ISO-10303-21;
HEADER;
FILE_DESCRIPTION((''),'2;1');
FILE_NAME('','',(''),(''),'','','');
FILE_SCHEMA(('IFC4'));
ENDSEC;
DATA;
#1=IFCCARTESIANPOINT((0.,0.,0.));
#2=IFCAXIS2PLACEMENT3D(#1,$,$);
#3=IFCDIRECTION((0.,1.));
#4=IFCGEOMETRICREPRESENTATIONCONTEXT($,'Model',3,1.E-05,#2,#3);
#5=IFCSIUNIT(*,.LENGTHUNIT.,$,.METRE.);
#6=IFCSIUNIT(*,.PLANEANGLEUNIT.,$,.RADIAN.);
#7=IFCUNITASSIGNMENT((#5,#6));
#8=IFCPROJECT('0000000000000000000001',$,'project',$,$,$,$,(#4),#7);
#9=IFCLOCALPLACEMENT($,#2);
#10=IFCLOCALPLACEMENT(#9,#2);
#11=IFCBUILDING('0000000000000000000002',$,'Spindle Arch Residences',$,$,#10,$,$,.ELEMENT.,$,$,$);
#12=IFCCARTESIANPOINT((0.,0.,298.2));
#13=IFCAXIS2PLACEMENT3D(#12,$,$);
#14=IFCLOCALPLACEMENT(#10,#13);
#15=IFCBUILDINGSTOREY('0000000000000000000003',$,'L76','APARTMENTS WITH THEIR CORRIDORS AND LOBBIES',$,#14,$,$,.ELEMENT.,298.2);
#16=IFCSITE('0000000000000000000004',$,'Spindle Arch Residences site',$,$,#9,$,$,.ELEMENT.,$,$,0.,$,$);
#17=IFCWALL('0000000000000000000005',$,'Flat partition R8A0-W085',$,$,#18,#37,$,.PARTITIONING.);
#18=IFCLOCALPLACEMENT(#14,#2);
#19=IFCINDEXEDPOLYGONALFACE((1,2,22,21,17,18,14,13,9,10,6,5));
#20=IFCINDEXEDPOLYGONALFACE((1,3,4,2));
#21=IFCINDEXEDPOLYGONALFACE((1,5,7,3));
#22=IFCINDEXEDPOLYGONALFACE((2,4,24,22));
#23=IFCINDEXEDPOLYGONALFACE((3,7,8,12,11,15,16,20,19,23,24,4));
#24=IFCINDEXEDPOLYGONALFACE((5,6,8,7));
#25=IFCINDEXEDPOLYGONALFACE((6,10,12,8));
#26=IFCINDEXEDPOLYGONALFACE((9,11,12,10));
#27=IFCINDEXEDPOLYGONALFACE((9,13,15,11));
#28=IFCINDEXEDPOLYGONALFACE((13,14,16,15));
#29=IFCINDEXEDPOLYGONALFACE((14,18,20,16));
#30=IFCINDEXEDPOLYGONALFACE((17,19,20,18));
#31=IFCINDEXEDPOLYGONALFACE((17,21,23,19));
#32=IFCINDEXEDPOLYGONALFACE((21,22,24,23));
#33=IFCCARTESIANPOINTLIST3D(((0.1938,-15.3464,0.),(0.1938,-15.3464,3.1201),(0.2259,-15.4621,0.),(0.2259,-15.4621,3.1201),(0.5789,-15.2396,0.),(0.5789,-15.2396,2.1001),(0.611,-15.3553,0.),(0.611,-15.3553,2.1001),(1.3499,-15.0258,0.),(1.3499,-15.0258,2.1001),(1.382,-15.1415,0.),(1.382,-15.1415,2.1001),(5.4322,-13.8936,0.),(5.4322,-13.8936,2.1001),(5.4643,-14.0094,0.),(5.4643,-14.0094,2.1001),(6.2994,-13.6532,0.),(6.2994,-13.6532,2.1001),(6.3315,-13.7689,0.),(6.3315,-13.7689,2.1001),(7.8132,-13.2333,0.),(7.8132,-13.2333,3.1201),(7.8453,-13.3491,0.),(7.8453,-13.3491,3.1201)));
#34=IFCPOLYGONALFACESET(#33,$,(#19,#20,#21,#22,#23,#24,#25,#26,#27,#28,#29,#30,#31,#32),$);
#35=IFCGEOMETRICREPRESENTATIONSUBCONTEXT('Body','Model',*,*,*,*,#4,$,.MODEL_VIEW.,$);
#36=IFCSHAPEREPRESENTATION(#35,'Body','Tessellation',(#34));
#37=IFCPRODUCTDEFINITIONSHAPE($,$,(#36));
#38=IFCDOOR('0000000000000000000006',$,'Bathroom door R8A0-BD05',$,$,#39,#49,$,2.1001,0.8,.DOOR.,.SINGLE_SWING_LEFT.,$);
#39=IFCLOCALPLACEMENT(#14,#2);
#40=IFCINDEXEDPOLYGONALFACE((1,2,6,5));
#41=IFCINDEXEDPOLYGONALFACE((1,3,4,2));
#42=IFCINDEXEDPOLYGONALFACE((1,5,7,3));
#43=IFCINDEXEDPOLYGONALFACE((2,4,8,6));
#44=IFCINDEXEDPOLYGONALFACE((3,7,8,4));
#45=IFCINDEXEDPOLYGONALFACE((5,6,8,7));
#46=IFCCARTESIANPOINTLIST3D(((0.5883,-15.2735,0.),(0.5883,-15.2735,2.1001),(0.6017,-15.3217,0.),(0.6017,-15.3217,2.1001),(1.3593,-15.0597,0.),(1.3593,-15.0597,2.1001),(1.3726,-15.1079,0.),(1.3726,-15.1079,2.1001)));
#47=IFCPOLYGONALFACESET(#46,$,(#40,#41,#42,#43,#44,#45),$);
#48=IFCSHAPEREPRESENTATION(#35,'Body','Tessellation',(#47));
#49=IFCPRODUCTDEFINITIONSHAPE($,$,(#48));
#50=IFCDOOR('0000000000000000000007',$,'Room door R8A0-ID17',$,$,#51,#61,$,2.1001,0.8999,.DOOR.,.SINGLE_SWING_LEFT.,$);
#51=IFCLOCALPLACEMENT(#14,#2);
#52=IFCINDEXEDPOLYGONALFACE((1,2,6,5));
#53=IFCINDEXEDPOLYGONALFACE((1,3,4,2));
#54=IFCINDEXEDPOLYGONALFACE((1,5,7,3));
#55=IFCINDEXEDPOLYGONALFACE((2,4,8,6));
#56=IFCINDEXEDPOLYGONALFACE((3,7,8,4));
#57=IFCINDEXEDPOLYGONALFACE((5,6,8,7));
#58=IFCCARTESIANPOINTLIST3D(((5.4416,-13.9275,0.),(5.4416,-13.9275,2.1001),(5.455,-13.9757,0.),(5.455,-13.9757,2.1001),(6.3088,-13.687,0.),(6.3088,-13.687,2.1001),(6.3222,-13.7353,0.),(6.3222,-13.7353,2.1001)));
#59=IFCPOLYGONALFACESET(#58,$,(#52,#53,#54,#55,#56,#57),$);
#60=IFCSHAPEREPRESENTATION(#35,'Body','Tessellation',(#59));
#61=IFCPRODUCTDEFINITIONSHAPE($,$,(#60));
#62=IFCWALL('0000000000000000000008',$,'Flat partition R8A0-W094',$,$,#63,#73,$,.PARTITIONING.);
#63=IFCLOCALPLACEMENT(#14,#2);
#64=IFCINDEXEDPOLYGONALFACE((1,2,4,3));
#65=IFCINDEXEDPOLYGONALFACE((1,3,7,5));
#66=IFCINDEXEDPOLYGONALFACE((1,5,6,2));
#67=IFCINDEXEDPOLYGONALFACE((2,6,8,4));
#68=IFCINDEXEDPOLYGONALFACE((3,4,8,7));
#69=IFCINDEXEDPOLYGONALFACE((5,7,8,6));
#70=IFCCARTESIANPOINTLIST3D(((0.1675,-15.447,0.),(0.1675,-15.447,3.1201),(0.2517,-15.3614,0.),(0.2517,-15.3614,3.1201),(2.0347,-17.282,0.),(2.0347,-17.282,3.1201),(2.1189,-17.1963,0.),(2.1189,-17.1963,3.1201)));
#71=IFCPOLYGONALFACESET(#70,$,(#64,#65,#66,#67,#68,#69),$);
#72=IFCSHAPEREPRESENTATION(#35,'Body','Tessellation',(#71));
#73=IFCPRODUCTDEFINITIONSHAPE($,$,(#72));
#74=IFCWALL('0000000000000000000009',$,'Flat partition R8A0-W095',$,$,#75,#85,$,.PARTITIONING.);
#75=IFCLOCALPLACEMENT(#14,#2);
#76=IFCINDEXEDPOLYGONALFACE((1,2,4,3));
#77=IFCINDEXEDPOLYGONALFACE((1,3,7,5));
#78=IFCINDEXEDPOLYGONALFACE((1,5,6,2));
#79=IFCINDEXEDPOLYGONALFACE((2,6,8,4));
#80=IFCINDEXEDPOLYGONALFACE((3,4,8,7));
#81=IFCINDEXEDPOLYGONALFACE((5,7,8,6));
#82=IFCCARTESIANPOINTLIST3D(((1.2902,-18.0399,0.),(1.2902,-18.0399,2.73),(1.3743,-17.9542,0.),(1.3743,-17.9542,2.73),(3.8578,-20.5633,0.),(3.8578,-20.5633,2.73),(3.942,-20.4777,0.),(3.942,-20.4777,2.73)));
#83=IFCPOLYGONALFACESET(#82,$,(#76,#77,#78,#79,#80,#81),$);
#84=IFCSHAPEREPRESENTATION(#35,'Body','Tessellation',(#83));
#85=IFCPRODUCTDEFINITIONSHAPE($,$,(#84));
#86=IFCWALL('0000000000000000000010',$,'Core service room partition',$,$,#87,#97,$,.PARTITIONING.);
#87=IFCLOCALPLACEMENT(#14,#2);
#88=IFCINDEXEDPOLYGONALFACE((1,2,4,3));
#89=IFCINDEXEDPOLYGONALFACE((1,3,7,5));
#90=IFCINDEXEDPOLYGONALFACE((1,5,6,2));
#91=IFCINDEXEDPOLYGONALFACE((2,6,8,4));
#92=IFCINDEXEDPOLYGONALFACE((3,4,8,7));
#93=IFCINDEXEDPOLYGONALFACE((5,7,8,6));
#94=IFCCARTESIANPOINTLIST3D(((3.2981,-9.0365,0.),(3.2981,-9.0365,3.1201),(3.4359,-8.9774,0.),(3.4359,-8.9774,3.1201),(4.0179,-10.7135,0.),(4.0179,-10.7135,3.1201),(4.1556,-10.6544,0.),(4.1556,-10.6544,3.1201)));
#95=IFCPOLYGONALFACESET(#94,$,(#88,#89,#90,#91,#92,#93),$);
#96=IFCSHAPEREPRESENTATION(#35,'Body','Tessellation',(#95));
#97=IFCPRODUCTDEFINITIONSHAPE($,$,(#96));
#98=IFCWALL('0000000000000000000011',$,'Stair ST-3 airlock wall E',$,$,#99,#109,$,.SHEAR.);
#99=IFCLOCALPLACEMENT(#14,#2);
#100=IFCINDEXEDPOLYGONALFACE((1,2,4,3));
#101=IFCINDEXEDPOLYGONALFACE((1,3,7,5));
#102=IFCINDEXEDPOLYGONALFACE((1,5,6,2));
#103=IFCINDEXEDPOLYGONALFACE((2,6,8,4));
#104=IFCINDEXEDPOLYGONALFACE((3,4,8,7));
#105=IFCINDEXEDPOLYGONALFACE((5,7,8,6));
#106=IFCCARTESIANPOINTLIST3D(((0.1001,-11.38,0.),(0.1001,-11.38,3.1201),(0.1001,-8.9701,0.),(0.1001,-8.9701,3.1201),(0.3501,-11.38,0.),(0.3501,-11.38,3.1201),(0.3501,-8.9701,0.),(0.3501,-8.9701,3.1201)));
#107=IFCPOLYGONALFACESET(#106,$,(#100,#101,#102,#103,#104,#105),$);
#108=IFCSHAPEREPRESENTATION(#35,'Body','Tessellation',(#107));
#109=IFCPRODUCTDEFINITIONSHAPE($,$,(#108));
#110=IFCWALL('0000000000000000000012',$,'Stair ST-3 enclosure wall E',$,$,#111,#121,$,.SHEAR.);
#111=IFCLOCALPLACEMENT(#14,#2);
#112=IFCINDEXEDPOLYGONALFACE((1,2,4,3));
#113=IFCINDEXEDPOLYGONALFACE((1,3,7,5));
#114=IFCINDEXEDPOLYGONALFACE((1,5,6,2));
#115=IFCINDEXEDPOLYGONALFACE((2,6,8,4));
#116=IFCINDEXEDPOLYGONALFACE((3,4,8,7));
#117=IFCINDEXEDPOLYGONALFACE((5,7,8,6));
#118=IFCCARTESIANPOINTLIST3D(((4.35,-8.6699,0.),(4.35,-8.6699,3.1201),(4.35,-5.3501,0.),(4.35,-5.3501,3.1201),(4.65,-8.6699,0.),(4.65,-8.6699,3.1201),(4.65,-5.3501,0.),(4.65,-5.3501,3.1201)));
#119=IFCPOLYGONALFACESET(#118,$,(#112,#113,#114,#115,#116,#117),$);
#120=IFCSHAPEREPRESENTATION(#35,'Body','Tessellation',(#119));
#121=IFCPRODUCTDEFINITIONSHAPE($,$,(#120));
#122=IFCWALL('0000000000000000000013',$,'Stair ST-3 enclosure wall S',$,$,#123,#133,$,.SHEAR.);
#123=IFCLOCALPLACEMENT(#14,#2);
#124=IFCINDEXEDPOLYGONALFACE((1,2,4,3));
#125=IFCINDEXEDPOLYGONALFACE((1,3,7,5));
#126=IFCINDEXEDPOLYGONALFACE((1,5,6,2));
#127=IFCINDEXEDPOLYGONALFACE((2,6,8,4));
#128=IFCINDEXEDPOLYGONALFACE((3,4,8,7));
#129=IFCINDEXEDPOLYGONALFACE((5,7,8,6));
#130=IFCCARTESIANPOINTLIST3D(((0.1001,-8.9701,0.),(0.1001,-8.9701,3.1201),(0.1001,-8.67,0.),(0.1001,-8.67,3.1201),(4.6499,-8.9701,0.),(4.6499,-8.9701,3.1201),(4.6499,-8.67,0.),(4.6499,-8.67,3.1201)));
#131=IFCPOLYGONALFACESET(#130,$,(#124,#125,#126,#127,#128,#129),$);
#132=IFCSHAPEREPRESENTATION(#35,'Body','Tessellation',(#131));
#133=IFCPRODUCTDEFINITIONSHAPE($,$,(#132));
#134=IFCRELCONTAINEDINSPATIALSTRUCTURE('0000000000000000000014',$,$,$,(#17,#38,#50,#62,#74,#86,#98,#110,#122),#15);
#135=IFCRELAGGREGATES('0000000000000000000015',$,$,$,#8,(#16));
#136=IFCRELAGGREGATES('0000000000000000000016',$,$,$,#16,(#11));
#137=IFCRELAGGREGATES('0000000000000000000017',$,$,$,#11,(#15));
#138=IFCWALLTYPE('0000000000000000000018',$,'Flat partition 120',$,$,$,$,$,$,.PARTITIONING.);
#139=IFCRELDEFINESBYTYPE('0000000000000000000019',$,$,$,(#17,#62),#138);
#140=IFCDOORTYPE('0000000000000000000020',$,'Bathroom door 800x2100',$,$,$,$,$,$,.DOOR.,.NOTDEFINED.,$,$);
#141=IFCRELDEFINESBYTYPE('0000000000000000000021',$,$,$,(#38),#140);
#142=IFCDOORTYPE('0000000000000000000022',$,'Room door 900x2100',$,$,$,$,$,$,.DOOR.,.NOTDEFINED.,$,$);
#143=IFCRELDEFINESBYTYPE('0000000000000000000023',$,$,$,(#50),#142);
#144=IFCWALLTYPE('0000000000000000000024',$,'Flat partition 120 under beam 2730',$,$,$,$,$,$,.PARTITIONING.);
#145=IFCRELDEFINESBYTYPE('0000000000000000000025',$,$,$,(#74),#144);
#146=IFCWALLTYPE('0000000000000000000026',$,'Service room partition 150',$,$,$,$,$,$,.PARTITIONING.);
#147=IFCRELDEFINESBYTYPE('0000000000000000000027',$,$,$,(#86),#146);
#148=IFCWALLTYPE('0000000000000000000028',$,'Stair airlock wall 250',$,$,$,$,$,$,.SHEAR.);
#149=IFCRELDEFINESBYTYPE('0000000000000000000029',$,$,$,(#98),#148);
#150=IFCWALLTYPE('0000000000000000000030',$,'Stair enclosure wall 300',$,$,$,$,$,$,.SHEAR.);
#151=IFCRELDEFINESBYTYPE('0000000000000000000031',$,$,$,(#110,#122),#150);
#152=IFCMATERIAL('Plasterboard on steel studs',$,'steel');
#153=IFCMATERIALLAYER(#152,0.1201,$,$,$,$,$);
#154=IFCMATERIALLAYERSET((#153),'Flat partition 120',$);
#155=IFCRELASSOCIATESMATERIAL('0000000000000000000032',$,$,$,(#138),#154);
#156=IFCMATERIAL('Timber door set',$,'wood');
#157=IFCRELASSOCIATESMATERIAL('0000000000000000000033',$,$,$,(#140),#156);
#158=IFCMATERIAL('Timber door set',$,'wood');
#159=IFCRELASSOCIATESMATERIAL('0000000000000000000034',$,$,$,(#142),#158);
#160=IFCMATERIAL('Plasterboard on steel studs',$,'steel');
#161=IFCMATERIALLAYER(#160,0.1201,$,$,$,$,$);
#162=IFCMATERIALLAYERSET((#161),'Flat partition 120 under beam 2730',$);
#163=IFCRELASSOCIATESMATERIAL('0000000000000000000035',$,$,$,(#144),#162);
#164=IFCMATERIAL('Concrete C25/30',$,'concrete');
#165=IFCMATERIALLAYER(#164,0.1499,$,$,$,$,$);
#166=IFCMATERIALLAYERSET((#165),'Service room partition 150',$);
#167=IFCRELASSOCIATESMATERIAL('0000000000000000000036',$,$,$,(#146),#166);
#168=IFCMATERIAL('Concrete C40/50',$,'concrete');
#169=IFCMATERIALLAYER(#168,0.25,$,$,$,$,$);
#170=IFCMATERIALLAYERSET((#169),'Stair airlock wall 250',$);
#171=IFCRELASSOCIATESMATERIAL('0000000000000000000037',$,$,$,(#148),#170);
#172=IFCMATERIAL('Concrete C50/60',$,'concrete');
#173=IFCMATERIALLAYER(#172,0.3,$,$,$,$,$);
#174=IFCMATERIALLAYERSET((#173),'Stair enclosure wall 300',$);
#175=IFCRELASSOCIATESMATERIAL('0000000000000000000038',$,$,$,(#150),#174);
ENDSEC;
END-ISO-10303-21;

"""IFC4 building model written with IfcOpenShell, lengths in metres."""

from ifc_helpers import new_model, si_unit, direction, frame, frame_2d, origin, place, context, subcontext, project, spatial, rectangle, extrude, material, layer, layer_set, type_object, element, fill, save


model = new_model("IFC4")

# Units and contexts
model_context = context("Model", 3, precision=1e-05, world=origin(), true_north=direction((0.0, 1.0)))
body_context = subcontext(model_context, "Body", "Model", "MODEL_VIEW")
ifc_project = project(units=[si_unit("LENGTHUNIT", "METRE"), si_unit("PLANEANGLEUNIT", "RADIAN")], contexts=[model_context])

# Site, building, storey
site_placement = place(None, origin())
site = spatial("IfcSite", under=ifc_project, at=site_placement, Name="Spindle Arch Residences site", CompositionType="ELEMENT", RefElevation=0.0)
building_placement = place(site_placement, origin())
building = spatial("IfcBuilding", under=site, at=building_placement, Name="Spindle Arch Residences", CompositionType="ELEMENT")
storey_placement = place(building_placement, frame((0.0, 0.0, 298.2)))
storey = spatial("IfcBuildingStorey", under=building, at=storey_placement, Name="L76", Description="APARTMENTS WITH THEIR CORRIDORS AND LOBBIES", CompositionType="ELEMENT", Elevation=298.2)

# Wall, openings, doors
ifc_material_1 = material(Name="Plasterboard on steel studs", Category="steel")
ifc_layer_1 = layer(ifc_material_1, 0.1201)
ifc_layer_set_1 = layer_set([ifc_layer_1], Name="Flat partition 120")
wall_type_1 = type_object("IfcWallType", Name="Flat partition 120", PredefinedType="PARTITIONING", material=ifc_layer_set_1)
wall_1_placement = place(storey_placement, frame((0.2097, -15.4043, 0.0), z_axis=(0.0, 0.0, 1.0), x_axis=(0.963631, 0.267238, 0.0)))
wall_1 = element("IfcWall", 1, at=wall_1_placement, inside=storey, type_object=wall_type_1, Name="Flat partition R8A0-W085", PredefinedType="PARTITIONING", context=body_context, shape_type="SweptSolid", body=[
    extrude(rectangle(XDim=7.907, YDim=0.1201, at=frame_2d((3.9536, 0.0))), origin(), (0.0, 0.0, 1.0), 3.1201),
])
opening_1_placement = place(wall_1_placement, frame((0.3999, 0.0, 0.0)))
opening_1 = element("IfcOpeningElement", 2, at=opening_1_placement, cuts=wall_1, PredefinedType="OPENING", context=body_context, shape_type="SweptSolid", body=[
    extrude(rectangle(XDim=0.8, YDim=2.1001, at=frame_2d((0.3999, 1.05))), frame((0.0, 0.0701, 0.0), z_axis=(0.0, -1.0, 0.0), x_axis=(1.0, 0.0, 0.0)), (0.0, 0.0, 1.0), 0.1401),
])
opening_2_placement = place(wall_1_placement, frame((5.4363, 0.0, 0.0)))
opening_2 = element("IfcOpeningElement", 3, at=opening_2_placement, cuts=wall_1, PredefinedType="OPENING", context=body_context, shape_type="SweptSolid", body=[
    extrude(rectangle(XDim=0.8999, YDim=2.1001, at=frame_2d((0.45, 1.05))), frame((0.0, 0.0701, 0.0), z_axis=(0.0, -1.0, 0.0), x_axis=(1.0, 0.0, 0.0)), (0.0, 0.0, 1.0), 0.1401),
])
ifc_material_2 = material(Name="Timber door set", Category="wood")
door_type_1 = type_object("IfcDoorType", Name="Bathroom door 800x2100", OperationType="NOTDEFINED", PredefinedType="DOOR", material=ifc_material_2)
door_1_placement = place(opening_1_placement, origin())
door_1 = element("IfcDoor", 4, at=door_1_placement, inside=storey, type_object=door_type_1, Name="Bathroom door R8A0-BD05", OperationType="SINGLE_SWING_LEFT", OverallHeight=2.1001, OverallWidth=0.8, PredefinedType="DOOR", context=body_context, shape_type="SweptSolid", body=[
    extrude(rectangle(XDim=0.8, YDim=2.1001, at=frame_2d((0.3999, 1.05))), frame((0.0, 0.0249, 0.0), z_axis=(0.0, -1.0, 0.0), x_axis=(1.0, 0.0, 0.0)), (0.0, 0.0, 1.0), 0.05),
])
fill(opening_1, door_1)
ifc_material_3 = material(Name="Timber door set", Category="wood")
door_type_2 = type_object("IfcDoorType", Name="Room door 900x2100", OperationType="NOTDEFINED", PredefinedType="DOOR", material=ifc_material_3)
door_2_placement = place(opening_2_placement, origin())
door_2 = element("IfcDoor", 5, at=door_2_placement, inside=storey, type_object=door_type_2, Name="Room door R8A0-ID17", OperationType="SINGLE_SWING_LEFT", OverallHeight=2.1001, OverallWidth=0.8999, PredefinedType="DOOR", context=body_context, shape_type="SweptSolid", body=[
    extrude(rectangle(XDim=0.8999, YDim=2.1001, at=frame_2d((0.45, 1.05))), frame((0.0, 0.0249, 0.0), z_axis=(0.0, -1.0, 0.0), x_axis=(1.0, 0.0, 0.0)), (0.0, 0.0, 1.0), 0.05),
])
fill(opening_2, door_2)

# Walls
wall_2_placement = place(storey_placement, frame((2.0769, -17.2393, 0.0), z_axis=(0.0, 0.0, 1.0), x_axis=(-0.713235, 0.700925, 0.0)))
element("IfcWall", 6, at=wall_2_placement, inside=storey, type_object=wall_type_1, Name="Flat partition R8A0-W094", PredefinedType="PARTITIONING", context=body_context, shape_type="SweptSolid", body=[
    extrude(rectangle(XDim=2.6179, YDim=0.1201, at=frame_2d((1.3091, 0.0))), origin(), (0.0, 0.0, 1.0), 3.1201),
])
ifc_material_4 = material(Name="Plasterboard on steel studs", Category="steel")
ifc_layer_2 = layer(ifc_material_4, 0.1201)
ifc_layer_set_2 = layer_set([ifc_layer_2], Name="Flat partition 120 under beam 2730")
wall_type_2 = type_object("IfcWallType", Name="Flat partition 120 under beam 2730", PredefinedType="PARTITIONING", material=ifc_layer_set_2)
wall_3_placement = place(storey_placement, frame((3.8999, -20.5205, 0.0), z_axis=(0.0, 0.0, 1.0), x_axis=(-0.713217, 0.700943, 0.0)))
element("IfcWall", 7, at=wall_3_placement, inside=storey, type_object=wall_type_2, Name="Flat partition R8A0-W095", PredefinedType="PARTITIONING", context=body_context, shape_type="SweptSolid", body=[
    extrude(rectangle(XDim=3.6001, YDim=0.1201, at=frame_2d((1.8, 0.0))), origin(), (0.0, 0.0, 1.0), 2.73),
])

# Walls
ifc_material_5 = material(Name="Concrete C25/30", Category="concrete")
ifc_layer_3 = layer(ifc_material_5, 0.1499)
ifc_layer_set_3 = layer_set([ifc_layer_3], Name="Service room partition 150")
wall_type_3 = type_object("IfcWallType", Name="Service room partition 150", PredefinedType="PARTITIONING", material=ifc_layer_set_3)
wall_4_placement = place(storey_placement, frame((3.3669, -9.0068, 0.0), z_axis=(0.0, 0.0, 1.0), x_axis=(0.394387, -0.918944, 0.0)))
element("IfcWall", 8, at=wall_4_placement, inside=storey, type_object=wall_type_3, Name="Core service room partition", PredefinedType="PARTITIONING", context=body_context, shape_type="SweptSolid", body=[
    extrude(rectangle(XDim=1.825, YDim=0.1499, at=frame_2d((0.9126, 0.0))), origin(), (0.0, 0.0, 1.0), 3.1201),
])
ifc_material_6 = material(Name="Concrete C40/50", Category="concrete")
ifc_layer_4 = layer(ifc_material_6, 0.25)
ifc_layer_set_4 = layer_set([ifc_layer_4], Name="Stair airlock wall 250")
wall_type_4 = type_object("IfcWallType", Name="Stair airlock wall 250", PredefinedType="SHEAR", material=ifc_layer_set_4)
wall_5_placement = place(storey_placement, frame((0.2251, -8.97, 0.0), z_axis=(0.0, 0.0, 1.0), x_axis=(0.0, -1.0, 0.0)))
element("IfcWall", 9, at=wall_5_placement, inside=storey, type_object=wall_type_4, Name="Stair ST-3 airlock wall E", PredefinedType="SHEAR", context=body_context, shape_type="SweptSolid", body=[
    extrude(rectangle(XDim=2.4099, YDim=0.25, at=frame_2d((1.2051, 0.0))), origin(), (0.0, 0.0, 1.0), 3.1201),
])
ifc_material_7 = material(Name="Concrete C50/60", Category="concrete")
ifc_layer_5 = layer(ifc_material_7, 0.3)
ifc_layer_set_5 = layer_set([ifc_layer_5], Name="Stair enclosure wall 300")
wall_type_5 = type_object("IfcWallType", Name="Stair enclosure wall 300", PredefinedType="SHEAR", material=ifc_layer_set_5)
wall_6_placement = place(storey_placement, frame((4.5, -8.6699, 0.0), z_axis=(0.0, 0.0, 1.0), x_axis=(0.0, 1.0, 0.0)))
element("IfcWall", 10, at=wall_6_placement, inside=storey, type_object=wall_type_5, Name="Stair ST-3 enclosure wall E", PredefinedType="SHEAR", context=body_context, shape_type="SweptSolid", body=[
    extrude(rectangle(XDim=3.3198, YDim=0.3, at=frame_2d((1.6599, 0.0))), origin(), (0.0, 0.0, 1.0), 3.1201),
])
wall_7_placement = place(storey_placement, frame((0.1001, -8.8201, 0.0), z_axis=(0.0, 0.0, 1.0), x_axis=(1.0, 0.0, 0.0)))
element("IfcWall", 11, at=wall_7_placement, inside=storey, type_object=wall_type_5, Name="Stair ST-3 enclosure wall S", PredefinedType="SHEAR", context=body_context, shape_type="SweptSolid", body=[
    extrude(rectangle(XDim=4.5498, YDim=0.3, at=frame_2d((2.2749, 0.0))), origin(), (0.0, 0.0, 1.0), 3.1201),
])

save(model, "model.ifc")
